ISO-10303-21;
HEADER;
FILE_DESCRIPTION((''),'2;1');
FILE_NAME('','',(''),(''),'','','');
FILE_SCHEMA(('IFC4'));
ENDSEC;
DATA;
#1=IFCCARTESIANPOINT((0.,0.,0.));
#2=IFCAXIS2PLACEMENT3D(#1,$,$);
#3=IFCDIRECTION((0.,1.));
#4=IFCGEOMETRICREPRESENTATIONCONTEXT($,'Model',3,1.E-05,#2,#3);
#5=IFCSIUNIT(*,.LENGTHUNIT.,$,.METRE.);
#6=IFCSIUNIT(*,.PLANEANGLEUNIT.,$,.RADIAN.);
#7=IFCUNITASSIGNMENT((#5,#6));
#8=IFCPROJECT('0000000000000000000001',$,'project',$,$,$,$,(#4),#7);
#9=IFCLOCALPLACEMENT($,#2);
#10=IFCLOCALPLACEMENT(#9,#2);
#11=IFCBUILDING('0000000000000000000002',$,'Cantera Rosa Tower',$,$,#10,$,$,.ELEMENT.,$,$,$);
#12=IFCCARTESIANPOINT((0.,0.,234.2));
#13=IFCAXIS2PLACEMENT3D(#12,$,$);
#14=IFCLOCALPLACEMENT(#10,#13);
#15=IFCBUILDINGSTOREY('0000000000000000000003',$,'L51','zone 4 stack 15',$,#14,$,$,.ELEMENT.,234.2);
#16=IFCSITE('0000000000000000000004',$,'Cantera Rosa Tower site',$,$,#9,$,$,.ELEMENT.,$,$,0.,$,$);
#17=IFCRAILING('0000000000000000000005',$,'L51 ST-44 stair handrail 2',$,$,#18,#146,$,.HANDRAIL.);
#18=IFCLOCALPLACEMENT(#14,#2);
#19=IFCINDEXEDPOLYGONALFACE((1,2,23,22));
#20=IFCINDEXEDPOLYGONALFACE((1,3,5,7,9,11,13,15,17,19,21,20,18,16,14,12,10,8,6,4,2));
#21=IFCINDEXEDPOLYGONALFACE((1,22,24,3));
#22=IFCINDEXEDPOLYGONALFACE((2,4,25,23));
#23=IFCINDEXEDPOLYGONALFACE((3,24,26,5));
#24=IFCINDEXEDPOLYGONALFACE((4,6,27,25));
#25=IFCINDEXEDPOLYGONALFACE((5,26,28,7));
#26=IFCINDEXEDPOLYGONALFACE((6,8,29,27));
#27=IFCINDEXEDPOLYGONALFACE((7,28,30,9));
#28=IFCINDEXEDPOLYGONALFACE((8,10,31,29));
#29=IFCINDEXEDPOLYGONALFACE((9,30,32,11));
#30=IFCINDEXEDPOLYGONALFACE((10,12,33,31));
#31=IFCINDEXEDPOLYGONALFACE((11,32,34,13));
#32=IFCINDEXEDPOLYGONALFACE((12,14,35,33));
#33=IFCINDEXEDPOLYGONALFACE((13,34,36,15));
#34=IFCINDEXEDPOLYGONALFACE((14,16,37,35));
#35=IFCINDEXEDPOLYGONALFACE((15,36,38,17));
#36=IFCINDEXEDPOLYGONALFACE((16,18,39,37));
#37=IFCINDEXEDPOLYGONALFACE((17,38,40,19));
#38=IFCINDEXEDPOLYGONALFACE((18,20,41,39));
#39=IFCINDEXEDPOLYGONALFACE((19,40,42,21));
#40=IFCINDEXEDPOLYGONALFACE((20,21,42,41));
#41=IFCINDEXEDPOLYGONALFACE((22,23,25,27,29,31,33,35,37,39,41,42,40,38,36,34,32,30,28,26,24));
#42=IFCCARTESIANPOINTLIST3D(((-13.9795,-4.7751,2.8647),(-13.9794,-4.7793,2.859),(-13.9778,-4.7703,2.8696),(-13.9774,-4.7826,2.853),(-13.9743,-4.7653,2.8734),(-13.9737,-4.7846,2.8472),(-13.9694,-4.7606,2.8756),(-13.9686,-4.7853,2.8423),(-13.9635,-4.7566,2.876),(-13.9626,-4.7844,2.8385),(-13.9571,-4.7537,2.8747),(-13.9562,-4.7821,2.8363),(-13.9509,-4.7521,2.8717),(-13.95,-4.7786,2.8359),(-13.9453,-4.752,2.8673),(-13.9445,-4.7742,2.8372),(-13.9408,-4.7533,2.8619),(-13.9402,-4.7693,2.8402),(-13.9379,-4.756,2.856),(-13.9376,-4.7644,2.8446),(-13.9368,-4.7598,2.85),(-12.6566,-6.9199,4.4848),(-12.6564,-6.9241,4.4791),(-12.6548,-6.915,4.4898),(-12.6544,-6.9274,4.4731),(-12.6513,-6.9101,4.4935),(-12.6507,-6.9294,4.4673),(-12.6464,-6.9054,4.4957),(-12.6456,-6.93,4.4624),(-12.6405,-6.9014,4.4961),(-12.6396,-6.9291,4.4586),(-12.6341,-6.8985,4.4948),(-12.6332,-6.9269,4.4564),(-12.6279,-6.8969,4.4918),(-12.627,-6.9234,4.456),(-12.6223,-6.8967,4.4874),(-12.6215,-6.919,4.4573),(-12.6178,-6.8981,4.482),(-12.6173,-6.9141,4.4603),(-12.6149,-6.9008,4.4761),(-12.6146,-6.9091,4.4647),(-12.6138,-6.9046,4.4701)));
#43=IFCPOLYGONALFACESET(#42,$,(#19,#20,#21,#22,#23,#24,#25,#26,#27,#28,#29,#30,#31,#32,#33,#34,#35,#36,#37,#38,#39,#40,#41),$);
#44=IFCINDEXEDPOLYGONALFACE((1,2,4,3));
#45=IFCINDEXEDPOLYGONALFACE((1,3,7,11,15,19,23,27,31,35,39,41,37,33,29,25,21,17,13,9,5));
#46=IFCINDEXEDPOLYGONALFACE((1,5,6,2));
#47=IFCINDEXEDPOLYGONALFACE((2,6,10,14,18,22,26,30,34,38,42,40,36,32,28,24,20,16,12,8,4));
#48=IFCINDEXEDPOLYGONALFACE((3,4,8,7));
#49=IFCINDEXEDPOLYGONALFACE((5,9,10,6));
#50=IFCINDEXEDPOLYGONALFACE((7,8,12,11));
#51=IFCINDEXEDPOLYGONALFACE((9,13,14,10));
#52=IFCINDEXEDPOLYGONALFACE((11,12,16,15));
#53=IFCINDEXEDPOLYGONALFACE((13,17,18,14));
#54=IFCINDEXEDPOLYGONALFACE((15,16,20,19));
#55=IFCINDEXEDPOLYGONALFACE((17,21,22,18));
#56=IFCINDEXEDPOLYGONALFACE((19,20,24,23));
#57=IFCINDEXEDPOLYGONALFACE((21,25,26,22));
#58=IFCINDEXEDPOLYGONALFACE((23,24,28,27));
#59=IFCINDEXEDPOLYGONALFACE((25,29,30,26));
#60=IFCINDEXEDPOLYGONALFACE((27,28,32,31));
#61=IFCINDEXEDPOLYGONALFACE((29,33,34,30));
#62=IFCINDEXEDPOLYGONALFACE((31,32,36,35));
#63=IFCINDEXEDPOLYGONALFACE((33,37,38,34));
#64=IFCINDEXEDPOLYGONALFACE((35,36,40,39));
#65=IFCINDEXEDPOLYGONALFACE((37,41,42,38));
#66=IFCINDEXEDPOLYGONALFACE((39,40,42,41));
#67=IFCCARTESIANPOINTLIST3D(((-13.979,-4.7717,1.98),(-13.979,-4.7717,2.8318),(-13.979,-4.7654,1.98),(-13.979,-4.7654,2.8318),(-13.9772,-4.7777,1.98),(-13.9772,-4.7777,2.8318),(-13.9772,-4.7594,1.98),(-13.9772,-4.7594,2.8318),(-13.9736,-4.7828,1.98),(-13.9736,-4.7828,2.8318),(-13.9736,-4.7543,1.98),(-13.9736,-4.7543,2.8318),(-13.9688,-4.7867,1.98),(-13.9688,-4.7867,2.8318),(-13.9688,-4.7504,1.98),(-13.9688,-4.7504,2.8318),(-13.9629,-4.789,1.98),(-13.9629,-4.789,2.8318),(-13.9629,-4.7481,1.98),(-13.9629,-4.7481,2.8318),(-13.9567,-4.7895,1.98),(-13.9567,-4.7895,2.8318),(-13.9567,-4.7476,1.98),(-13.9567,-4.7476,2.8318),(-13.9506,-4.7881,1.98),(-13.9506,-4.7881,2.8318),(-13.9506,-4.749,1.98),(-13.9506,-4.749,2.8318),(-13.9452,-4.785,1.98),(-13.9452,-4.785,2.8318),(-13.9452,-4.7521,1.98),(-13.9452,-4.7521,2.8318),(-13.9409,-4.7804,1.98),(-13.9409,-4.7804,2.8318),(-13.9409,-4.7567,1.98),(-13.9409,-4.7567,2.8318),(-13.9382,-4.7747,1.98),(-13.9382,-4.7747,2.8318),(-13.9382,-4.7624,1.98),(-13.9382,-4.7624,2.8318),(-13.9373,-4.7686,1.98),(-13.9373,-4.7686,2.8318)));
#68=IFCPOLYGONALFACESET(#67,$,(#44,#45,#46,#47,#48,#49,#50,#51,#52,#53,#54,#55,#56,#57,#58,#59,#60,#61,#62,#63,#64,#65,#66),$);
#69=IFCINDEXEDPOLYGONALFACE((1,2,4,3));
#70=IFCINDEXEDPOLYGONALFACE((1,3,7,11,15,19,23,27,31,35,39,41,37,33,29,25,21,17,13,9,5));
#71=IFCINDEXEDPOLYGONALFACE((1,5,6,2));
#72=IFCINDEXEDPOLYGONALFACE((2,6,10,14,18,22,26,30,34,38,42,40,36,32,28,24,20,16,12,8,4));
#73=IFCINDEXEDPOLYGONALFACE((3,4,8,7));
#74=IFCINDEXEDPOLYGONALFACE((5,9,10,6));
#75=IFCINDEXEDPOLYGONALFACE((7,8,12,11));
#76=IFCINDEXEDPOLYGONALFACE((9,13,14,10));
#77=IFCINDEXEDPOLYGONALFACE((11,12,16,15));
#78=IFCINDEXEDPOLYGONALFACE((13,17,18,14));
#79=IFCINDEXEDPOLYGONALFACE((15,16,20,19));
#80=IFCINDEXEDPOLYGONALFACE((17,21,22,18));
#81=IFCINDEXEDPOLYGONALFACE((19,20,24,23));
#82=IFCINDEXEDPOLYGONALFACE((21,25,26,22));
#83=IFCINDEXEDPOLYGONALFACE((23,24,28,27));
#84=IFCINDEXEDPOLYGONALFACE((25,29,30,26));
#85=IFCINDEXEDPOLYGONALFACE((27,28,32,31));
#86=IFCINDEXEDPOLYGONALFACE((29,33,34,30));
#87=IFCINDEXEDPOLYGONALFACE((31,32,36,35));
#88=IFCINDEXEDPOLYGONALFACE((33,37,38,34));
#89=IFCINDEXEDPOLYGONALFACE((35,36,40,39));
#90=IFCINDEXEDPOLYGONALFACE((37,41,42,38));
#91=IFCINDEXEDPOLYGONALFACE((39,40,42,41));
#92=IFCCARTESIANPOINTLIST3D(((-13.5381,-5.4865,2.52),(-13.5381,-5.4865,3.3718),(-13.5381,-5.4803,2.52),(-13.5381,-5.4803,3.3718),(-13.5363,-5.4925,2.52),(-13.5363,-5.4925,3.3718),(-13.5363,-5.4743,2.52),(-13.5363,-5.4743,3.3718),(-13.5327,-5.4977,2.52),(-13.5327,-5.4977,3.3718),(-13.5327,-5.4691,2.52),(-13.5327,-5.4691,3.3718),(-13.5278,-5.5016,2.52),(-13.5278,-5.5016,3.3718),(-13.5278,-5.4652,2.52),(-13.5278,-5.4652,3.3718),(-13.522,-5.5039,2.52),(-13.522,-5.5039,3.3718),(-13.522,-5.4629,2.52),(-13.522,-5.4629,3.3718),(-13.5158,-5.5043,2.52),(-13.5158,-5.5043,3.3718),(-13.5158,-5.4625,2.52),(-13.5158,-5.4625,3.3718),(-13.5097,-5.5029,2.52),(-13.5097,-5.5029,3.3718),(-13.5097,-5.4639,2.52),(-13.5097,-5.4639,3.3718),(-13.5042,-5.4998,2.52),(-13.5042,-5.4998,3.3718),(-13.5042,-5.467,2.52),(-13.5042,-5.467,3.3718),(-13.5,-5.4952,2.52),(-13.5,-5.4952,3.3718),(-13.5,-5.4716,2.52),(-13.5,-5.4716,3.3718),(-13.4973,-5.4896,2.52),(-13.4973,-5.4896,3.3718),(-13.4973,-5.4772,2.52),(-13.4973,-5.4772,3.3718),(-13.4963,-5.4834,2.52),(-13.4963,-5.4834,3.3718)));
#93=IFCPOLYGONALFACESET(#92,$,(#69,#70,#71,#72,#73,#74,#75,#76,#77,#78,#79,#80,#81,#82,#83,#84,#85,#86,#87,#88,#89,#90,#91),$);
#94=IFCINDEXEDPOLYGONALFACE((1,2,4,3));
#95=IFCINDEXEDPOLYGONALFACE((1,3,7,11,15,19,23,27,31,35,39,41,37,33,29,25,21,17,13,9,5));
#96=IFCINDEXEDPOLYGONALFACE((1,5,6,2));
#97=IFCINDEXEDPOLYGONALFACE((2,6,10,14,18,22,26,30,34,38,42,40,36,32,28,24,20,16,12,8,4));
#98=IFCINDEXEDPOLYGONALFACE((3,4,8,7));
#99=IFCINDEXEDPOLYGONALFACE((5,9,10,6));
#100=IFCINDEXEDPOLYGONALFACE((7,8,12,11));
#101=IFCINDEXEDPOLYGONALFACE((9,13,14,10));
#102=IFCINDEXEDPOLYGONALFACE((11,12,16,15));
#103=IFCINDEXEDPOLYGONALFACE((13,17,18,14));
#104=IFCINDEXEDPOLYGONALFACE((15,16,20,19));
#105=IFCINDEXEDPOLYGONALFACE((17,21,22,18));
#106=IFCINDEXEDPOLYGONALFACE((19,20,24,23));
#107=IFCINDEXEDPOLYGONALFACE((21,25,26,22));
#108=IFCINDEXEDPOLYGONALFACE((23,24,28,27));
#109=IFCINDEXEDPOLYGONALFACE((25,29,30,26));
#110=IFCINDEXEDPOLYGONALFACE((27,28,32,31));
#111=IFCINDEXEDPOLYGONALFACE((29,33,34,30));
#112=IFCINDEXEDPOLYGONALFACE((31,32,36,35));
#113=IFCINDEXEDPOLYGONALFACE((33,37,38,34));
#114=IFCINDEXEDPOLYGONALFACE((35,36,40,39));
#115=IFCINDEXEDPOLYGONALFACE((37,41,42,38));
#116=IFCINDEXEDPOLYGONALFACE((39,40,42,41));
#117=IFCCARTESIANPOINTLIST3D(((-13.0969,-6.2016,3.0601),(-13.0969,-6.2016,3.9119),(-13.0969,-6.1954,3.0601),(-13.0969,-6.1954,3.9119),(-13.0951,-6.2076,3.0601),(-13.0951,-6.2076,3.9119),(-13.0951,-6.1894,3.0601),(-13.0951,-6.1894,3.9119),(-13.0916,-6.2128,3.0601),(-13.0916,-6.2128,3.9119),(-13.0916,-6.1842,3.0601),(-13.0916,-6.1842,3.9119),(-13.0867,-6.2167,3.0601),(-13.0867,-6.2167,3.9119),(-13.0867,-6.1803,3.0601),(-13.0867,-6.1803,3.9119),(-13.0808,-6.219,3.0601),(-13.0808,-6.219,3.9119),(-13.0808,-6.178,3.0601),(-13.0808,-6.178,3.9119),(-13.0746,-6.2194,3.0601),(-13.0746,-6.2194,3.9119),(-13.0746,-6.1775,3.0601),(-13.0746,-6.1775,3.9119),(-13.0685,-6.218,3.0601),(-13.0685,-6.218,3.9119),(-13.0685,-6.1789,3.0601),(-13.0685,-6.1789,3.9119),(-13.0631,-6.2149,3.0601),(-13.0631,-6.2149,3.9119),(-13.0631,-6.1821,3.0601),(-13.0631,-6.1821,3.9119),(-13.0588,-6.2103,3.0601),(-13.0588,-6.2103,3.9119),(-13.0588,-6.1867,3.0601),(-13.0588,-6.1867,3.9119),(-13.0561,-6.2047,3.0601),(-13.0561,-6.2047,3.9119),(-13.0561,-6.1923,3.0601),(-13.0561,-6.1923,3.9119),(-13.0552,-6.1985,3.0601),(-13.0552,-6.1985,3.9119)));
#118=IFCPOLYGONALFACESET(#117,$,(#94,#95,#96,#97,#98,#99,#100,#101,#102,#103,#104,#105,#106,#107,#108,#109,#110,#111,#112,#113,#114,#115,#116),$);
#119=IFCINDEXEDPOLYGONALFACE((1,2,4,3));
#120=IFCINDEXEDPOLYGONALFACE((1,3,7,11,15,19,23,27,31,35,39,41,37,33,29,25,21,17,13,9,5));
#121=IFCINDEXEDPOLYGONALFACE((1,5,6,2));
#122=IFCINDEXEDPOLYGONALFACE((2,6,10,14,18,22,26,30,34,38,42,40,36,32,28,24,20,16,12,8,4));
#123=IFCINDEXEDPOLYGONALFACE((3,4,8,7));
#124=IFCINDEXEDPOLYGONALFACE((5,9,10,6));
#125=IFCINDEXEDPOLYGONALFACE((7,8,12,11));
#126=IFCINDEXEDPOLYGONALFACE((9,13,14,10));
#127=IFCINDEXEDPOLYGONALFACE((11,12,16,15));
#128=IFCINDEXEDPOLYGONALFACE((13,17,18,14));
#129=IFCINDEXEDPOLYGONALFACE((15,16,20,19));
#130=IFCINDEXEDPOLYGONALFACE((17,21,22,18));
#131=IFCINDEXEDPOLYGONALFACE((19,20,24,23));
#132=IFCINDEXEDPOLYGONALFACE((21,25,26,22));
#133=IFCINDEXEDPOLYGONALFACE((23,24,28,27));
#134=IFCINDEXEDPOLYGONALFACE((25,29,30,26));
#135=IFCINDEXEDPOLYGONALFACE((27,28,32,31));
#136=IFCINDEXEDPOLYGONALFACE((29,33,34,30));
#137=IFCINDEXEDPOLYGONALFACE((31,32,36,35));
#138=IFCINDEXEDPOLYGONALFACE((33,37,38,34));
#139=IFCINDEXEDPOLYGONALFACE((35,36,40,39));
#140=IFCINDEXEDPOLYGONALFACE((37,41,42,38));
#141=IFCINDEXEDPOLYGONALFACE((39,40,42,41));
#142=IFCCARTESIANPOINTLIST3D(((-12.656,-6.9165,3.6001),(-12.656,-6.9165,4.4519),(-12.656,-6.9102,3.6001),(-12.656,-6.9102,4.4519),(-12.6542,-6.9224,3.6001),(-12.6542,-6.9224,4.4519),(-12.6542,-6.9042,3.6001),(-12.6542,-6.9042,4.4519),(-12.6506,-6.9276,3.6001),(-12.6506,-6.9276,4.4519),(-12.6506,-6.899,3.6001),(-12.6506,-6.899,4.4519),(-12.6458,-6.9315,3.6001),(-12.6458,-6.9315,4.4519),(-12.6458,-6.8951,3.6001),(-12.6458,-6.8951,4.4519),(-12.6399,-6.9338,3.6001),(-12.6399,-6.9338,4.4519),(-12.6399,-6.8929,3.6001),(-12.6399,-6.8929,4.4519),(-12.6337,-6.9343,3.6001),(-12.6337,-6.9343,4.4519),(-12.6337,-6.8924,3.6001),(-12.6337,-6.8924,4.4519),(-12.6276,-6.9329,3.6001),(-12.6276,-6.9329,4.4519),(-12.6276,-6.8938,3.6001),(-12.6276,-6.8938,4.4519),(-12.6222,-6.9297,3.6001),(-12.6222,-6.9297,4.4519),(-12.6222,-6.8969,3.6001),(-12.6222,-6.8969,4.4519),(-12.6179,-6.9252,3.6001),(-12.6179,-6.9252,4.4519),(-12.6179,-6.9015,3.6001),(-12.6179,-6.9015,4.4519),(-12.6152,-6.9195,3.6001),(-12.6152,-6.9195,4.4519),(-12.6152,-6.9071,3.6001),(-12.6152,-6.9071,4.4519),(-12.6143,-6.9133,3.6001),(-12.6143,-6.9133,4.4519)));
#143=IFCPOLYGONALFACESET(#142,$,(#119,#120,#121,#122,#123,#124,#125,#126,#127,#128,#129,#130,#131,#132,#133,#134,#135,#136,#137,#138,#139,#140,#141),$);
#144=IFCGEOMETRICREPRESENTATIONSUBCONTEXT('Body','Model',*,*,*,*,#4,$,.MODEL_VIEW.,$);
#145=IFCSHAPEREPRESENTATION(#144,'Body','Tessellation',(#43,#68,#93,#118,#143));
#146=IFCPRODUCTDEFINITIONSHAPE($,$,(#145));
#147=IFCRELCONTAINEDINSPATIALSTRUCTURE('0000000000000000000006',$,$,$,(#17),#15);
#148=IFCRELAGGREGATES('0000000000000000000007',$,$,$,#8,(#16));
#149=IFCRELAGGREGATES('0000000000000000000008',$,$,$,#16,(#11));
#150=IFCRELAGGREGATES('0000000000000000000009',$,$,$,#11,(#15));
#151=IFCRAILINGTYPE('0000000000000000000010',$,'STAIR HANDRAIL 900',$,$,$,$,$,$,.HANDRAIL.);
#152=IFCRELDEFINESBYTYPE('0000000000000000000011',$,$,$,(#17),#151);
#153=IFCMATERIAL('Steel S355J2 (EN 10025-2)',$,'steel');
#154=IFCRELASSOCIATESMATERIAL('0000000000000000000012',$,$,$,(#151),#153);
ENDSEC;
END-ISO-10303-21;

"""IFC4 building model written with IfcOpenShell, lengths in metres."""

from ifc_helpers import new_model, si_unit, direction, frame, origin, origin_2d, place, context, subcontext, project, spatial, circle, extrude, material, type_object, element, save


model = new_model("IFC4")

# Units and contexts
model_context = context("Model", 3, precision=1e-05, world=origin(), true_north=direction((0.0, 1.0)))
body_context = subcontext(model_context, "Body", "Model", "MODEL_VIEW")
ifc_project = project(units=[si_unit("LENGTHUNIT", "METRE"), si_unit("PLANEANGLEUNIT", "RADIAN")], contexts=[model_context])

# Site, building, storey
site_placement = place(None, origin())
site = spatial("IfcSite", under=ifc_project, at=site_placement, Name="Cantera Rosa Tower site", CompositionType="ELEMENT", RefElevation=0.0)
building_placement = place(site_placement, origin())
building = spatial("IfcBuilding", under=site, at=building_placement, Name="Cantera Rosa Tower", CompositionType="ELEMENT")
storey_placement = place(building_placement, frame((0.0, 0.0, 234.2)))
storey = spatial("IfcBuildingStorey", under=building, at=storey_placement, Name="L51", Description="zone 4 stack 15", CompositionType="ELEMENT", Elevation=234.2)

# Railing
ifc_material_1 = material(Name="Steel S355J2 (EN 10025-2)", Category="steel")
railing_type_1 = type_object("IfcRailingType", Name="STAIR HANDRAIL 900", PredefinedType="HANDRAIL", material=ifc_material_1)
railing_1_placement = place(storey_placement, frame((-13.9583, -4.7686, 1.98)))
element("IfcRailing", 1, at=railing_1_placement, inside=storey, type_object=railing_type_1, Name="L51 ST-44 stair handrail 2", PredefinedType="HANDRAIL", context=body_context, shape_type="SweptSolid", body=[
    extrude(circle(Radius=0.0239, at=origin_2d()), frame((0.0, 0.0, 0.876), z_axis=(0.441609, -0.715914, 0.540786), x_axis=(0.851102, 0.525, 0.0)), (0.0, 0.0, 1.0), 2.9958),
    extrude(circle(Radius=0.021, at=origin_2d()), origin(), (0.0, 0.0, 1.0), 0.8518),
    extrude(circle(Radius=0.021, at=origin_2d()), frame((0.4409, -0.7148, 0.54)), (0.0, 0.0, 1.0), 0.8518),
    extrude(circle(Radius=0.021, at=origin_2d()), frame((0.8821, -1.4299, 1.0801)), (0.0, 0.0, 1.0), 0.8518),
    extrude(circle(Radius=0.021, at=origin_2d()), frame((1.323, -2.1448, 1.6201)), (0.0, 0.0, 1.0), 0.8518),
])

save(model, "model.ifc")
